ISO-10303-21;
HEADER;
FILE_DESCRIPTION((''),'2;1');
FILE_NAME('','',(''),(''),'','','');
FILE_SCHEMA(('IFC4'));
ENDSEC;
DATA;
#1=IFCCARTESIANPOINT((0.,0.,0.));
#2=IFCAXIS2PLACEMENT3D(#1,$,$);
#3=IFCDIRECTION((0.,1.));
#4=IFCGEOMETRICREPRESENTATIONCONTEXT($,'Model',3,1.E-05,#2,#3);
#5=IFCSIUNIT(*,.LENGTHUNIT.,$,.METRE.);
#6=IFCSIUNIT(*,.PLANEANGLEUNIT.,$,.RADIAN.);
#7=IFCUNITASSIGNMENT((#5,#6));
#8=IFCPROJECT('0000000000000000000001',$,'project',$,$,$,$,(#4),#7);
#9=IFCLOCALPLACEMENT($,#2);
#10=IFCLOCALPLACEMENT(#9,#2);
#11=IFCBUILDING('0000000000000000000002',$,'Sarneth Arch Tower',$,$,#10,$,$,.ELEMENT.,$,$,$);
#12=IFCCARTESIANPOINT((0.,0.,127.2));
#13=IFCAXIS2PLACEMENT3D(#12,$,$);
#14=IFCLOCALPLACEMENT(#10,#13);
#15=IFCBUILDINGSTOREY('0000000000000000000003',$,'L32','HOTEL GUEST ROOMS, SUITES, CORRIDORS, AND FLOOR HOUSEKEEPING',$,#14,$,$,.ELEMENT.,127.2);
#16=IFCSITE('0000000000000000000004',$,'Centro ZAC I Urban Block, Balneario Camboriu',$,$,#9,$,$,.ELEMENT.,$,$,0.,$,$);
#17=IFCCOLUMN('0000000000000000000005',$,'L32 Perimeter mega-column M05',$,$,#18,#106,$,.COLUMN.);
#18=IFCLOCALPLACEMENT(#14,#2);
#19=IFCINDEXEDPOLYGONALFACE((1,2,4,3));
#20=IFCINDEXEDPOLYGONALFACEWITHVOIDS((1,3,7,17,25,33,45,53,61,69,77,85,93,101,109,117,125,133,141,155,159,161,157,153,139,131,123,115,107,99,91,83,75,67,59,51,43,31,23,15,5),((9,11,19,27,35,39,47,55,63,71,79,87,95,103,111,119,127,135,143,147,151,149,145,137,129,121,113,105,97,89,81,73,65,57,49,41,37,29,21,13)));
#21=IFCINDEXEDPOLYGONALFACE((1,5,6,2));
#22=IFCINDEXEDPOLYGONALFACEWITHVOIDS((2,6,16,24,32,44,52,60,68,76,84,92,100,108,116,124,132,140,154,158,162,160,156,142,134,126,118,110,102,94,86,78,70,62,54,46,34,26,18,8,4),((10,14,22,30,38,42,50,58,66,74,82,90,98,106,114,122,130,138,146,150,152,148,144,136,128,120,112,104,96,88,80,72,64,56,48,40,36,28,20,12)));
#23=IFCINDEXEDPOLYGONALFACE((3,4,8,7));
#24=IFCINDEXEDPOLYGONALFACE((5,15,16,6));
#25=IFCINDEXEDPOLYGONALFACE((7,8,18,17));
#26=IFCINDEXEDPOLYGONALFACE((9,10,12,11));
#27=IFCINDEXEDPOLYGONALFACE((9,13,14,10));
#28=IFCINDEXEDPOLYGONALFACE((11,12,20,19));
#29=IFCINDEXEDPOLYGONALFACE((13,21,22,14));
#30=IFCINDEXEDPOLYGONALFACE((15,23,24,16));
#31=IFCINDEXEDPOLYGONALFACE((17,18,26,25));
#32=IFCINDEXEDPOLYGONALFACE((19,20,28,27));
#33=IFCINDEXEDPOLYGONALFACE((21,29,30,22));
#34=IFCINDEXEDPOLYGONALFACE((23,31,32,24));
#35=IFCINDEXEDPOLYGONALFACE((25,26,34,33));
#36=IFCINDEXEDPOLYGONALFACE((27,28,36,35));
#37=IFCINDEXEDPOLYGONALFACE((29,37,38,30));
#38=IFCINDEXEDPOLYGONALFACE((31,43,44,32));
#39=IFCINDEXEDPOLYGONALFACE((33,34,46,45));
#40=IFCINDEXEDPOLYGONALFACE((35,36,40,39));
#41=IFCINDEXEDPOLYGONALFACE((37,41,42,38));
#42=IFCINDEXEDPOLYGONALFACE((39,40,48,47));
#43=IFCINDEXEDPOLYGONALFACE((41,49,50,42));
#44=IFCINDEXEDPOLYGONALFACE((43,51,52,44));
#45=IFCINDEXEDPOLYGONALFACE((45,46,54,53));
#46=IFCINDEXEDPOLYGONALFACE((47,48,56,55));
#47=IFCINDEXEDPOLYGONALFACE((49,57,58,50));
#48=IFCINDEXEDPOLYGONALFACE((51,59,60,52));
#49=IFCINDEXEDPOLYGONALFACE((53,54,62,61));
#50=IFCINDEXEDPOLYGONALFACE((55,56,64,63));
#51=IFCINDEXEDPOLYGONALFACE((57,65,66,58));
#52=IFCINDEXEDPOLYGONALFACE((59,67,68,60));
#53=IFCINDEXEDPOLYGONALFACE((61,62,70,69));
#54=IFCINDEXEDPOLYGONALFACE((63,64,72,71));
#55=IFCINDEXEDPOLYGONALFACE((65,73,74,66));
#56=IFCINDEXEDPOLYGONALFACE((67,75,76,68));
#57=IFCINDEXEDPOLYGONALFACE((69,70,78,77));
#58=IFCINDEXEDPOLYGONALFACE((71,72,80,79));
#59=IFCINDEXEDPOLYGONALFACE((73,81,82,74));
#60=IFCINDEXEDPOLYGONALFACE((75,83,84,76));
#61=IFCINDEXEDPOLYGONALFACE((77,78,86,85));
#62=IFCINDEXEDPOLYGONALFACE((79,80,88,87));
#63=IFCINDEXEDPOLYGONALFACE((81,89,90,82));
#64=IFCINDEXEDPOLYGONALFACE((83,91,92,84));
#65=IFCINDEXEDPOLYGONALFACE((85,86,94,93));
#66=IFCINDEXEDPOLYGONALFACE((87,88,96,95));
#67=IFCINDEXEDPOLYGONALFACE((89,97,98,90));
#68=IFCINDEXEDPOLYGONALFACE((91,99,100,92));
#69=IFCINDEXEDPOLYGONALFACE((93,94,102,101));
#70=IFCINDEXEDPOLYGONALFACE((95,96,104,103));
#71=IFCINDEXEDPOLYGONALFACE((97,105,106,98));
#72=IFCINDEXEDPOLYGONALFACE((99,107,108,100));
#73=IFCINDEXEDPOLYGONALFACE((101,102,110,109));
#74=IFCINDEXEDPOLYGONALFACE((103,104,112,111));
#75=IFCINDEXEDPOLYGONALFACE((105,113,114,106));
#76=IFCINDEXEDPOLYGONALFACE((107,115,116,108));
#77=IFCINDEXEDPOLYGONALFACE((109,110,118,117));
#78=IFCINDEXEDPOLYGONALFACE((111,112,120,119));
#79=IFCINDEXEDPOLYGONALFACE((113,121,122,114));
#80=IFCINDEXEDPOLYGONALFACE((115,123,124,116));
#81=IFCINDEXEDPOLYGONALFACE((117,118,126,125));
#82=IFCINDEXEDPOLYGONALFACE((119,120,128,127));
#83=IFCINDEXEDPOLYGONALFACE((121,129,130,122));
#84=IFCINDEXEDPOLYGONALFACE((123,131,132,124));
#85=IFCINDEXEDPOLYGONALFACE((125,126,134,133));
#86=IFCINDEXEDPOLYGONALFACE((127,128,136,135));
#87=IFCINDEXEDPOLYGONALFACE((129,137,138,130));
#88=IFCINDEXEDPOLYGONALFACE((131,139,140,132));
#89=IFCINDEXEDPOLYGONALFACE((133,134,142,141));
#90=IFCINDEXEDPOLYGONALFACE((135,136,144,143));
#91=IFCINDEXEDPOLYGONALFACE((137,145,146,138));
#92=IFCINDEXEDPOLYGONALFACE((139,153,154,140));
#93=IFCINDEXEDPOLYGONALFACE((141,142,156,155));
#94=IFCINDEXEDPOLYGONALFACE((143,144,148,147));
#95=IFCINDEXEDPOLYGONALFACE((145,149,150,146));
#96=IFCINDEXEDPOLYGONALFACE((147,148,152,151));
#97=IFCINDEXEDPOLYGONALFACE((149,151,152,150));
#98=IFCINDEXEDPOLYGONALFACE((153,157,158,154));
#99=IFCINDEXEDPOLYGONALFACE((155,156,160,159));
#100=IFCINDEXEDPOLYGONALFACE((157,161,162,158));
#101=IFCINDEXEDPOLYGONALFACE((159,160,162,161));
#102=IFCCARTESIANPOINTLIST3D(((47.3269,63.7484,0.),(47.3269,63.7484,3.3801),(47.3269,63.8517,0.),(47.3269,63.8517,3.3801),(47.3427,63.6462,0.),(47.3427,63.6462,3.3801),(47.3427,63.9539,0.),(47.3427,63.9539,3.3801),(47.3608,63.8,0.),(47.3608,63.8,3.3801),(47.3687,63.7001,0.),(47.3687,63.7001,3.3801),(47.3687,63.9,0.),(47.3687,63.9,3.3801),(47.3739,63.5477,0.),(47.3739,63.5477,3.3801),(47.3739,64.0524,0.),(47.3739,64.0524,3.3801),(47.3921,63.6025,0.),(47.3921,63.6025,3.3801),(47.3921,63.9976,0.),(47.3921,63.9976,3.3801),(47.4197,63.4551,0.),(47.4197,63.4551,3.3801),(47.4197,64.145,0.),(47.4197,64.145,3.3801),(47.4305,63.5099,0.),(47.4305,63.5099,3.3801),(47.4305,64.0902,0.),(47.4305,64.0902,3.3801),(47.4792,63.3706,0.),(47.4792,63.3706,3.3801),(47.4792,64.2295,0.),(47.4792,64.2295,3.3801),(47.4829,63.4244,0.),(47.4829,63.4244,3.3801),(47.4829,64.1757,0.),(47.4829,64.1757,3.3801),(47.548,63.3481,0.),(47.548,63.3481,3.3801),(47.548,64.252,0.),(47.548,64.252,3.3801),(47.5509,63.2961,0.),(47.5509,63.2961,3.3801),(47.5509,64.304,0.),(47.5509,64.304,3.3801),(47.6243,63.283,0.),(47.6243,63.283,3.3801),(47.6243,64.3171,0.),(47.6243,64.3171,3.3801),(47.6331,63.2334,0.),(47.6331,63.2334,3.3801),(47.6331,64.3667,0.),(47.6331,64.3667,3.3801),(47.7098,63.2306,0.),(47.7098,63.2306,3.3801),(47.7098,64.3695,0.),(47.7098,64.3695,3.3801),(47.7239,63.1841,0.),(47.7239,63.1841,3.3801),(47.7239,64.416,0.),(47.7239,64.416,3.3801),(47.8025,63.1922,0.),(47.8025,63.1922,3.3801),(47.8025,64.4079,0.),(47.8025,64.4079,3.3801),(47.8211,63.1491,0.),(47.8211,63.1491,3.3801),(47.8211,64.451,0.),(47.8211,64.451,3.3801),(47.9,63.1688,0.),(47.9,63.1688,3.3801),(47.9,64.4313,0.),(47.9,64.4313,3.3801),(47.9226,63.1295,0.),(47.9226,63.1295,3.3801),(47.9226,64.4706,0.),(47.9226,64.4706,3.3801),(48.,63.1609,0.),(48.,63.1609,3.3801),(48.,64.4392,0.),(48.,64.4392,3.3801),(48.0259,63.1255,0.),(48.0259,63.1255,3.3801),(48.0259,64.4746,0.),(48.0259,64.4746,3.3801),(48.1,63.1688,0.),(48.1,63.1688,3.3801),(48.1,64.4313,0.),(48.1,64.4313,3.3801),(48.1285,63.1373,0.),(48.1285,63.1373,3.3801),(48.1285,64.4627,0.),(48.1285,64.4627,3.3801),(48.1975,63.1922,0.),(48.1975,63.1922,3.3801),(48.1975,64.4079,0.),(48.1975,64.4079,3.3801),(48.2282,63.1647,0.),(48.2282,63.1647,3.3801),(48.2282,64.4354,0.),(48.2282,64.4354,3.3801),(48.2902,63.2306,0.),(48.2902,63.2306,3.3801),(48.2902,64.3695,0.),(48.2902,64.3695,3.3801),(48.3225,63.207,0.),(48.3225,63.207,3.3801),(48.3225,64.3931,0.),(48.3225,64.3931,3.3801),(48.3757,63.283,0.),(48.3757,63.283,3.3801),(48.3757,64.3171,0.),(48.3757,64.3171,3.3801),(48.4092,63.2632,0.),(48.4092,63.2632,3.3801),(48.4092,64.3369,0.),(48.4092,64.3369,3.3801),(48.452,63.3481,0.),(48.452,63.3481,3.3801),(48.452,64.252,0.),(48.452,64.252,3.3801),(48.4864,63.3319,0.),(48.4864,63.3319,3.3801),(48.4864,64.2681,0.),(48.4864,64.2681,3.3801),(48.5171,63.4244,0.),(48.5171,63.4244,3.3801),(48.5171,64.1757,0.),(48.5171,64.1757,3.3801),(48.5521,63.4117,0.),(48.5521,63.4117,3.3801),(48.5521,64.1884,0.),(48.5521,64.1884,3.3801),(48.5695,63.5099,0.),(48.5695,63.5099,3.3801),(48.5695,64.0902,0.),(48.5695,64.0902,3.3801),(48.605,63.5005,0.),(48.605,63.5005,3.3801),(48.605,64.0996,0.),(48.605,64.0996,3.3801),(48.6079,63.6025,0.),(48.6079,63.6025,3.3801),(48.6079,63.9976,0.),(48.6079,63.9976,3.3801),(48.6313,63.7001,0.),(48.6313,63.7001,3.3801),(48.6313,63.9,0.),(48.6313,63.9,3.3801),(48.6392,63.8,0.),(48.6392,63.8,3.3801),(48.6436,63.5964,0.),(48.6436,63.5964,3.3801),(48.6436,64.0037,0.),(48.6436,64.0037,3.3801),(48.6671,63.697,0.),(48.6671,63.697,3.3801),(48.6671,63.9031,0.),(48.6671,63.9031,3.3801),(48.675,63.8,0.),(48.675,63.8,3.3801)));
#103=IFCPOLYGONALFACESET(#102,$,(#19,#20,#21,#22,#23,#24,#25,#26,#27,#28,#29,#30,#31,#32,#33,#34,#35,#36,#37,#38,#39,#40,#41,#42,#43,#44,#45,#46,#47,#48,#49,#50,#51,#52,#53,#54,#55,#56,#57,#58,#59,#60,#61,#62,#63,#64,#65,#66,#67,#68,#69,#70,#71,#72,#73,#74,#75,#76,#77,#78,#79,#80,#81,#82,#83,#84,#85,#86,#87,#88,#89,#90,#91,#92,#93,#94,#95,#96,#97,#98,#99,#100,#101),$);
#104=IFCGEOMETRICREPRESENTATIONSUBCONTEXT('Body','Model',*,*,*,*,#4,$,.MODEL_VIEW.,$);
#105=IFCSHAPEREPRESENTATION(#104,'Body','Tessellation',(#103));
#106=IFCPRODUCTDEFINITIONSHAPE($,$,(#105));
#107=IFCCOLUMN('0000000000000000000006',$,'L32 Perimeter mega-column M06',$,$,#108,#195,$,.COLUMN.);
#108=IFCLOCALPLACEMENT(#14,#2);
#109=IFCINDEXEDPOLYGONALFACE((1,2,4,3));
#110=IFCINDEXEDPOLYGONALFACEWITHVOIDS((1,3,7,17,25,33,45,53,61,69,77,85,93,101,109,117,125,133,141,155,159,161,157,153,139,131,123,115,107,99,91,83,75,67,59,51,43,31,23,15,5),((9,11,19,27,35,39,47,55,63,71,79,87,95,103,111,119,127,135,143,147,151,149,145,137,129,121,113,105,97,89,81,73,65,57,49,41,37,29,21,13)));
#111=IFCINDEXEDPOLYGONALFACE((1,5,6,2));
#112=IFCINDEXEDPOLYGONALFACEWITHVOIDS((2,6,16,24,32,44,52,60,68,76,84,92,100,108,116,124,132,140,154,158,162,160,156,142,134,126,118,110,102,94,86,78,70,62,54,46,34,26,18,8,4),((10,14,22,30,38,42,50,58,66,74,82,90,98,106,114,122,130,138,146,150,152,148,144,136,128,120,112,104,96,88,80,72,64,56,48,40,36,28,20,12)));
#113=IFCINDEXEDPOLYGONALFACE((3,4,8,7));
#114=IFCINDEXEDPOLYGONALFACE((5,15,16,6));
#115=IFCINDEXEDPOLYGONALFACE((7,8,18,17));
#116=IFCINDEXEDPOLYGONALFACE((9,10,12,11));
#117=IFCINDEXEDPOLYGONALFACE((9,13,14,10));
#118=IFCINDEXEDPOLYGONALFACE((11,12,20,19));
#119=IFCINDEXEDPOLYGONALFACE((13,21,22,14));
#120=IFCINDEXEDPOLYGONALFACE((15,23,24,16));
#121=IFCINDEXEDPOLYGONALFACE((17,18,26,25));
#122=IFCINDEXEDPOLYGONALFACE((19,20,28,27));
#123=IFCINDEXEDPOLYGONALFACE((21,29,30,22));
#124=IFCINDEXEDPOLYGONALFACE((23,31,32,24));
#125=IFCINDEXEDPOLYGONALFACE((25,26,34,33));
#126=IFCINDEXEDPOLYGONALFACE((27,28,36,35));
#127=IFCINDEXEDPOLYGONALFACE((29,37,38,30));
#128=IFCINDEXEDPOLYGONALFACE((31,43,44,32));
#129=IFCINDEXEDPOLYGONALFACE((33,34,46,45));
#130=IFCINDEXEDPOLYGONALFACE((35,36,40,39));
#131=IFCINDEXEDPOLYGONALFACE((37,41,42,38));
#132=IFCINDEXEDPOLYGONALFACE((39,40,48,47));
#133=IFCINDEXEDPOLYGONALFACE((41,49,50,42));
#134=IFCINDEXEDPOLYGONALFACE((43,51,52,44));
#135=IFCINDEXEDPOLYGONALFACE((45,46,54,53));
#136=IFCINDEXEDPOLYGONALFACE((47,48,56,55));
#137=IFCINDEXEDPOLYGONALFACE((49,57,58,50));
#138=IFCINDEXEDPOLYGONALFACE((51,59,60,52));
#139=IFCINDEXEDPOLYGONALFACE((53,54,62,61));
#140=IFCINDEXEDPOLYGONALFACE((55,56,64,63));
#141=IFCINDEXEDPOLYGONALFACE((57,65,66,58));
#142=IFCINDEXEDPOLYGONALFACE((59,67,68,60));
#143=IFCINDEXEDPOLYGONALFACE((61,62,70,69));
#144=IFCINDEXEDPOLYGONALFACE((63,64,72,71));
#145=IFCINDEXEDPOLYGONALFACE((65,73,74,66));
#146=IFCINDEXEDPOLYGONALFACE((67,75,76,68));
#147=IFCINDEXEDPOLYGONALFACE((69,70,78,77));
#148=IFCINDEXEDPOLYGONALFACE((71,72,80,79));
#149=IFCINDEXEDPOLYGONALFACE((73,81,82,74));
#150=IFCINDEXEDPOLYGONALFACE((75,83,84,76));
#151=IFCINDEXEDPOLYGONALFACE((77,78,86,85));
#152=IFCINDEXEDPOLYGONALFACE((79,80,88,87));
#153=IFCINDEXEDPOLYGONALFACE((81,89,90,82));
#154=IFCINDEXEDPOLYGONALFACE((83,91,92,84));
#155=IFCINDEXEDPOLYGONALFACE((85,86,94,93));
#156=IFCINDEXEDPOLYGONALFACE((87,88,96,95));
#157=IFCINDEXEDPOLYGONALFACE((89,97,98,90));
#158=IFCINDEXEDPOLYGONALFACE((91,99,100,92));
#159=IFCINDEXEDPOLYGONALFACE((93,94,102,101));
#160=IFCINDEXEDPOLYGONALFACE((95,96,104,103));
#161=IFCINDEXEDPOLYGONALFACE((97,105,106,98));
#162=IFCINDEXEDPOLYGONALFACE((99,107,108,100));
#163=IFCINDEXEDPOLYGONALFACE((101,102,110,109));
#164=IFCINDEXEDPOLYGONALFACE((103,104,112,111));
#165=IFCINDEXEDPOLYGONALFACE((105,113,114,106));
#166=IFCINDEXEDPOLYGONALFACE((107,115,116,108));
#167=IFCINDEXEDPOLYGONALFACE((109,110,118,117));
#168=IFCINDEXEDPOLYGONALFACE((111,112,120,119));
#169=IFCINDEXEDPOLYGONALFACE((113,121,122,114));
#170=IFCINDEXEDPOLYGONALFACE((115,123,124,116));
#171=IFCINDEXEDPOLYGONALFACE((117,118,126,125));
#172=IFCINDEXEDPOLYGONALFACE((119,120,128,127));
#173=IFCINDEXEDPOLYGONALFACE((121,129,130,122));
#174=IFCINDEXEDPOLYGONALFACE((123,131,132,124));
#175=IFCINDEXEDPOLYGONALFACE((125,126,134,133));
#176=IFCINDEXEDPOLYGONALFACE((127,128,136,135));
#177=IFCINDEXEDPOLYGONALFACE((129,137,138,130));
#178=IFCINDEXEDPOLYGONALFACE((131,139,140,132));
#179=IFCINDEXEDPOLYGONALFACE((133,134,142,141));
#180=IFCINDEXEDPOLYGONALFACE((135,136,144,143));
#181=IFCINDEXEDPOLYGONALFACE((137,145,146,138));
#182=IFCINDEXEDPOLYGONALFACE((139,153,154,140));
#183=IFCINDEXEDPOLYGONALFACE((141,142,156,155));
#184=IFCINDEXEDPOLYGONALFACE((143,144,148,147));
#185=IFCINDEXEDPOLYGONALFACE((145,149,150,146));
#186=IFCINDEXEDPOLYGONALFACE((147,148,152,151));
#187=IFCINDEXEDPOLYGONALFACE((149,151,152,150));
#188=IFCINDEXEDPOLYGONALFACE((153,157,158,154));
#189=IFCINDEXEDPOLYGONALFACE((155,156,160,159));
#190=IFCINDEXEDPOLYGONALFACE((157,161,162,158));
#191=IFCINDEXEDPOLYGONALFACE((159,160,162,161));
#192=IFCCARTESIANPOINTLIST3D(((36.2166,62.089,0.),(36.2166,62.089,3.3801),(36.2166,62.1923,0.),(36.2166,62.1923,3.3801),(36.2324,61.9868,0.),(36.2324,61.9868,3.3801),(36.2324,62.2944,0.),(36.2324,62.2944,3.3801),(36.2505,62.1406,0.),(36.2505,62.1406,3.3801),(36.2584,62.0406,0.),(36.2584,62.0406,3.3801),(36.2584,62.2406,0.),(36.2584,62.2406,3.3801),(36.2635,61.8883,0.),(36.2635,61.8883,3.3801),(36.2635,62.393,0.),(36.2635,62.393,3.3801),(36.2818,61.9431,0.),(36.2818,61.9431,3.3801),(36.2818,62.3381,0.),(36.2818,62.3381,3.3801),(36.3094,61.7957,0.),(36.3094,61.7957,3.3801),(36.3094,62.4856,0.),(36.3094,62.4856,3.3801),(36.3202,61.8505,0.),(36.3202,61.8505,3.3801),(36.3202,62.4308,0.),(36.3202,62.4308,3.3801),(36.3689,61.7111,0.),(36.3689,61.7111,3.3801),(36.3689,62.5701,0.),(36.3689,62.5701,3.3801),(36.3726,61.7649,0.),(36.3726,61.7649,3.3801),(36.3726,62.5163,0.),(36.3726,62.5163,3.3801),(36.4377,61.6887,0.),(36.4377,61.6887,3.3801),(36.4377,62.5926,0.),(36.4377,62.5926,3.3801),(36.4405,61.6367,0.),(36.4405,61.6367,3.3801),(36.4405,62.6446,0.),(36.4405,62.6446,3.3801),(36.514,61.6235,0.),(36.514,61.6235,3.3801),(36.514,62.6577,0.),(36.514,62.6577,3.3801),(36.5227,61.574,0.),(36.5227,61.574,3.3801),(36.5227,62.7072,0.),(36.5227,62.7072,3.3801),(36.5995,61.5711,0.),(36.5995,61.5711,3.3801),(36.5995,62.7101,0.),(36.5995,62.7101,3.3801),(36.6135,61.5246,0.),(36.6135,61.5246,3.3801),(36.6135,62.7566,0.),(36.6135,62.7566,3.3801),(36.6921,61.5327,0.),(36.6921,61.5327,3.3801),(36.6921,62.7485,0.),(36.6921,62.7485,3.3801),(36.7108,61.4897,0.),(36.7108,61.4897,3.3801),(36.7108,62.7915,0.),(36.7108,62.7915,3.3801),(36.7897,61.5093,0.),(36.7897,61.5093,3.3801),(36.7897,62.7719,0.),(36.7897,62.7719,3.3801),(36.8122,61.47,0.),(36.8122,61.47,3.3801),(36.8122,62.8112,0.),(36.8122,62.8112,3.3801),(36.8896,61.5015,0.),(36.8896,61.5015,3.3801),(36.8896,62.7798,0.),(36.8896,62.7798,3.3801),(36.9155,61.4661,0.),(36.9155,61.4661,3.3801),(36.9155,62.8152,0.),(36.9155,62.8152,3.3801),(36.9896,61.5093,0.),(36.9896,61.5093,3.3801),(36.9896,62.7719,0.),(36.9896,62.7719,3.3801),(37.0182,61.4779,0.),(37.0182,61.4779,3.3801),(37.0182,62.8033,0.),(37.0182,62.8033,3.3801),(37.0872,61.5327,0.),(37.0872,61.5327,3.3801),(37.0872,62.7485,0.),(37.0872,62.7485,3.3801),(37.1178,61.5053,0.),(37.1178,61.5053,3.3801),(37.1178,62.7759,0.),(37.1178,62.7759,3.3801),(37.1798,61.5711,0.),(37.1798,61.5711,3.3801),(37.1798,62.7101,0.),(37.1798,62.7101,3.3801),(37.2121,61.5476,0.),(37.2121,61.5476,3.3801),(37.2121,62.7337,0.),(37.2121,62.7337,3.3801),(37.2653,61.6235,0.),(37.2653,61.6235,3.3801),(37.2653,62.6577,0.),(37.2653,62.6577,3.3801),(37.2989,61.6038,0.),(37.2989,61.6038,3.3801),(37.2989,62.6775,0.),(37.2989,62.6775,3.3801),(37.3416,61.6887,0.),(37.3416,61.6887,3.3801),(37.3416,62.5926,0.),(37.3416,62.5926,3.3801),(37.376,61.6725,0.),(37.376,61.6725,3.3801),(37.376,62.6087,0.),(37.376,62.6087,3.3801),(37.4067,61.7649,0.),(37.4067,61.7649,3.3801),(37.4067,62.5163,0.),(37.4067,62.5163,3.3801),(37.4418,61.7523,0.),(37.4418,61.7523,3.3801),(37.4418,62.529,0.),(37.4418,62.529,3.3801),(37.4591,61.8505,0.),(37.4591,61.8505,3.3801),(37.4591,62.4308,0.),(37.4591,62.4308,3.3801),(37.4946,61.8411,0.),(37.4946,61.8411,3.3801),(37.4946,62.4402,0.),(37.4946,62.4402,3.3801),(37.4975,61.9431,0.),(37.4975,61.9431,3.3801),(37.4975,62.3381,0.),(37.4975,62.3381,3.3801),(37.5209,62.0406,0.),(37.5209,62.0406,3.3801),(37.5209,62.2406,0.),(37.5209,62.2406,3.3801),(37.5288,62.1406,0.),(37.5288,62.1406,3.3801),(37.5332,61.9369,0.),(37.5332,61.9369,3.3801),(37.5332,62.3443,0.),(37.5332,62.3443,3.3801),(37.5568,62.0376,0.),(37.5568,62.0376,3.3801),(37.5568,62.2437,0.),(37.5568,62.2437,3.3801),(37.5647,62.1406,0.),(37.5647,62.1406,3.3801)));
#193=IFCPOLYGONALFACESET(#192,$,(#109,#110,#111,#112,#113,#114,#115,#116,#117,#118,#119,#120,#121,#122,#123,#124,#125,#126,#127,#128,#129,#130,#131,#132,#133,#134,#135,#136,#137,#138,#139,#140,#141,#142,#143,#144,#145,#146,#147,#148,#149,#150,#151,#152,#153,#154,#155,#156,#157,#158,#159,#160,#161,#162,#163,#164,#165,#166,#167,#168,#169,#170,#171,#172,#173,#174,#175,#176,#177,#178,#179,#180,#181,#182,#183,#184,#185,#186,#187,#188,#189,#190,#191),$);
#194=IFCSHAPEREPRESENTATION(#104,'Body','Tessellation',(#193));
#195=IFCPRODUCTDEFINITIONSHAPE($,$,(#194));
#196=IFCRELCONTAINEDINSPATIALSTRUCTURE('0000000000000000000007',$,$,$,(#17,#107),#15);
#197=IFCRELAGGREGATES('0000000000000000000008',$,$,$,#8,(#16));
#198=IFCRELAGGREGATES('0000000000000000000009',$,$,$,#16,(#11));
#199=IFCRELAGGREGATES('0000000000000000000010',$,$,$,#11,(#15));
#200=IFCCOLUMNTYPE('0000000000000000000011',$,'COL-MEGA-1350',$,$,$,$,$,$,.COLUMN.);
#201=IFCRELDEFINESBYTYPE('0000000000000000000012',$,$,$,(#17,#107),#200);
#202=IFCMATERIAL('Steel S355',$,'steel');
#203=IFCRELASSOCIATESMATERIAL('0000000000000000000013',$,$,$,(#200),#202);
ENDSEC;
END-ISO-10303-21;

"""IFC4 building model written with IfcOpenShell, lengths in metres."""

from ifc_helpers import new_model, si_unit, direction, frame, origin, origin_2d, place, context, subcontext, project, spatial, hollow_circle, extrude, material, material_profile, profile_set, type_object, element, save


model = new_model("IFC4")

# Units and contexts
model_context = context("Model", 3, precision=1e-05, world=origin(), true_north=direction((0.0, 1.0)))
body_context = subcontext(model_context, "Body", "Model", "MODEL_VIEW")
ifc_project = project(units=[si_unit("LENGTHUNIT", "METRE"), si_unit("PLANEANGLEUNIT", "RADIAN")], contexts=[model_context])

# Site, building, storey
site_placement = place(None, origin())
site = spatial("IfcSite", under=ifc_project, at=site_placement, Name="Centro ZAC I Urban Block, Balneario Camboriu", CompositionType="ELEMENT", RefElevation=0.0)
building_placement = place(site_placement, origin())
building = spatial("IfcBuilding", under=site, at=building_placement, Name="Sarneth Arch Tower", CompositionType="ELEMENT")
storey_placement = place(building_placement, frame((0.0, 0.0, 127.2)))
storey = spatial("IfcBuildingStorey", under=building, at=storey_placement, Name="L32", Description="HOTEL GUEST ROOMS, SUITES, CORRIDORS, AND FLOOR HOUSEKEEPING", CompositionType="ELEMENT", Elevation=127.2)

# Columns
ifc_material_1 = material(Name="Steel S355", Category="steel")
ifc_material_profile_1 = material_profile(ifc_material_1, hollow_circle(Radius=0.675, WallThickness=0.0359, at=origin_2d()), Name="CHS1350x36")
ifc_profile_set_1 = profile_set([ifc_material_profile_1], Name="Steel S355")
column_type = type_object("IfcColumnType", Name="COL-MEGA-1350", PredefinedType="COLUMN", material=ifc_profile_set_1)
for number, where, z_axis, x_axis, name in (
    (1, (48.0, 63.8, 0.0), (0.0, 0.0, 1.0), (1.0, 0.0, 0.0), "L32 Perimeter mega-column M05"),
    (2, (36.8896, 62.1406, 0.0), (0.0, 0.0, 1.0), (1.0, 0.0, 0.0), "L32 Perimeter mega-column M06"),
):
    element("IfcColumn", number, at=place(storey_placement, frame(where, z_axis=z_axis, x_axis=x_axis)), inside=storey, type_object=column_type, Name=name, PredefinedType="COLUMN", context=body_context, shape_type="SweptSolid", body=[
        extrude(hollow_circle(Radius=0.675, WallThickness=0.0359, at=origin_2d()), origin(), (0.0, 0.0, 1.0), 3.3801),
    ])

save(model, "model.ifc")
